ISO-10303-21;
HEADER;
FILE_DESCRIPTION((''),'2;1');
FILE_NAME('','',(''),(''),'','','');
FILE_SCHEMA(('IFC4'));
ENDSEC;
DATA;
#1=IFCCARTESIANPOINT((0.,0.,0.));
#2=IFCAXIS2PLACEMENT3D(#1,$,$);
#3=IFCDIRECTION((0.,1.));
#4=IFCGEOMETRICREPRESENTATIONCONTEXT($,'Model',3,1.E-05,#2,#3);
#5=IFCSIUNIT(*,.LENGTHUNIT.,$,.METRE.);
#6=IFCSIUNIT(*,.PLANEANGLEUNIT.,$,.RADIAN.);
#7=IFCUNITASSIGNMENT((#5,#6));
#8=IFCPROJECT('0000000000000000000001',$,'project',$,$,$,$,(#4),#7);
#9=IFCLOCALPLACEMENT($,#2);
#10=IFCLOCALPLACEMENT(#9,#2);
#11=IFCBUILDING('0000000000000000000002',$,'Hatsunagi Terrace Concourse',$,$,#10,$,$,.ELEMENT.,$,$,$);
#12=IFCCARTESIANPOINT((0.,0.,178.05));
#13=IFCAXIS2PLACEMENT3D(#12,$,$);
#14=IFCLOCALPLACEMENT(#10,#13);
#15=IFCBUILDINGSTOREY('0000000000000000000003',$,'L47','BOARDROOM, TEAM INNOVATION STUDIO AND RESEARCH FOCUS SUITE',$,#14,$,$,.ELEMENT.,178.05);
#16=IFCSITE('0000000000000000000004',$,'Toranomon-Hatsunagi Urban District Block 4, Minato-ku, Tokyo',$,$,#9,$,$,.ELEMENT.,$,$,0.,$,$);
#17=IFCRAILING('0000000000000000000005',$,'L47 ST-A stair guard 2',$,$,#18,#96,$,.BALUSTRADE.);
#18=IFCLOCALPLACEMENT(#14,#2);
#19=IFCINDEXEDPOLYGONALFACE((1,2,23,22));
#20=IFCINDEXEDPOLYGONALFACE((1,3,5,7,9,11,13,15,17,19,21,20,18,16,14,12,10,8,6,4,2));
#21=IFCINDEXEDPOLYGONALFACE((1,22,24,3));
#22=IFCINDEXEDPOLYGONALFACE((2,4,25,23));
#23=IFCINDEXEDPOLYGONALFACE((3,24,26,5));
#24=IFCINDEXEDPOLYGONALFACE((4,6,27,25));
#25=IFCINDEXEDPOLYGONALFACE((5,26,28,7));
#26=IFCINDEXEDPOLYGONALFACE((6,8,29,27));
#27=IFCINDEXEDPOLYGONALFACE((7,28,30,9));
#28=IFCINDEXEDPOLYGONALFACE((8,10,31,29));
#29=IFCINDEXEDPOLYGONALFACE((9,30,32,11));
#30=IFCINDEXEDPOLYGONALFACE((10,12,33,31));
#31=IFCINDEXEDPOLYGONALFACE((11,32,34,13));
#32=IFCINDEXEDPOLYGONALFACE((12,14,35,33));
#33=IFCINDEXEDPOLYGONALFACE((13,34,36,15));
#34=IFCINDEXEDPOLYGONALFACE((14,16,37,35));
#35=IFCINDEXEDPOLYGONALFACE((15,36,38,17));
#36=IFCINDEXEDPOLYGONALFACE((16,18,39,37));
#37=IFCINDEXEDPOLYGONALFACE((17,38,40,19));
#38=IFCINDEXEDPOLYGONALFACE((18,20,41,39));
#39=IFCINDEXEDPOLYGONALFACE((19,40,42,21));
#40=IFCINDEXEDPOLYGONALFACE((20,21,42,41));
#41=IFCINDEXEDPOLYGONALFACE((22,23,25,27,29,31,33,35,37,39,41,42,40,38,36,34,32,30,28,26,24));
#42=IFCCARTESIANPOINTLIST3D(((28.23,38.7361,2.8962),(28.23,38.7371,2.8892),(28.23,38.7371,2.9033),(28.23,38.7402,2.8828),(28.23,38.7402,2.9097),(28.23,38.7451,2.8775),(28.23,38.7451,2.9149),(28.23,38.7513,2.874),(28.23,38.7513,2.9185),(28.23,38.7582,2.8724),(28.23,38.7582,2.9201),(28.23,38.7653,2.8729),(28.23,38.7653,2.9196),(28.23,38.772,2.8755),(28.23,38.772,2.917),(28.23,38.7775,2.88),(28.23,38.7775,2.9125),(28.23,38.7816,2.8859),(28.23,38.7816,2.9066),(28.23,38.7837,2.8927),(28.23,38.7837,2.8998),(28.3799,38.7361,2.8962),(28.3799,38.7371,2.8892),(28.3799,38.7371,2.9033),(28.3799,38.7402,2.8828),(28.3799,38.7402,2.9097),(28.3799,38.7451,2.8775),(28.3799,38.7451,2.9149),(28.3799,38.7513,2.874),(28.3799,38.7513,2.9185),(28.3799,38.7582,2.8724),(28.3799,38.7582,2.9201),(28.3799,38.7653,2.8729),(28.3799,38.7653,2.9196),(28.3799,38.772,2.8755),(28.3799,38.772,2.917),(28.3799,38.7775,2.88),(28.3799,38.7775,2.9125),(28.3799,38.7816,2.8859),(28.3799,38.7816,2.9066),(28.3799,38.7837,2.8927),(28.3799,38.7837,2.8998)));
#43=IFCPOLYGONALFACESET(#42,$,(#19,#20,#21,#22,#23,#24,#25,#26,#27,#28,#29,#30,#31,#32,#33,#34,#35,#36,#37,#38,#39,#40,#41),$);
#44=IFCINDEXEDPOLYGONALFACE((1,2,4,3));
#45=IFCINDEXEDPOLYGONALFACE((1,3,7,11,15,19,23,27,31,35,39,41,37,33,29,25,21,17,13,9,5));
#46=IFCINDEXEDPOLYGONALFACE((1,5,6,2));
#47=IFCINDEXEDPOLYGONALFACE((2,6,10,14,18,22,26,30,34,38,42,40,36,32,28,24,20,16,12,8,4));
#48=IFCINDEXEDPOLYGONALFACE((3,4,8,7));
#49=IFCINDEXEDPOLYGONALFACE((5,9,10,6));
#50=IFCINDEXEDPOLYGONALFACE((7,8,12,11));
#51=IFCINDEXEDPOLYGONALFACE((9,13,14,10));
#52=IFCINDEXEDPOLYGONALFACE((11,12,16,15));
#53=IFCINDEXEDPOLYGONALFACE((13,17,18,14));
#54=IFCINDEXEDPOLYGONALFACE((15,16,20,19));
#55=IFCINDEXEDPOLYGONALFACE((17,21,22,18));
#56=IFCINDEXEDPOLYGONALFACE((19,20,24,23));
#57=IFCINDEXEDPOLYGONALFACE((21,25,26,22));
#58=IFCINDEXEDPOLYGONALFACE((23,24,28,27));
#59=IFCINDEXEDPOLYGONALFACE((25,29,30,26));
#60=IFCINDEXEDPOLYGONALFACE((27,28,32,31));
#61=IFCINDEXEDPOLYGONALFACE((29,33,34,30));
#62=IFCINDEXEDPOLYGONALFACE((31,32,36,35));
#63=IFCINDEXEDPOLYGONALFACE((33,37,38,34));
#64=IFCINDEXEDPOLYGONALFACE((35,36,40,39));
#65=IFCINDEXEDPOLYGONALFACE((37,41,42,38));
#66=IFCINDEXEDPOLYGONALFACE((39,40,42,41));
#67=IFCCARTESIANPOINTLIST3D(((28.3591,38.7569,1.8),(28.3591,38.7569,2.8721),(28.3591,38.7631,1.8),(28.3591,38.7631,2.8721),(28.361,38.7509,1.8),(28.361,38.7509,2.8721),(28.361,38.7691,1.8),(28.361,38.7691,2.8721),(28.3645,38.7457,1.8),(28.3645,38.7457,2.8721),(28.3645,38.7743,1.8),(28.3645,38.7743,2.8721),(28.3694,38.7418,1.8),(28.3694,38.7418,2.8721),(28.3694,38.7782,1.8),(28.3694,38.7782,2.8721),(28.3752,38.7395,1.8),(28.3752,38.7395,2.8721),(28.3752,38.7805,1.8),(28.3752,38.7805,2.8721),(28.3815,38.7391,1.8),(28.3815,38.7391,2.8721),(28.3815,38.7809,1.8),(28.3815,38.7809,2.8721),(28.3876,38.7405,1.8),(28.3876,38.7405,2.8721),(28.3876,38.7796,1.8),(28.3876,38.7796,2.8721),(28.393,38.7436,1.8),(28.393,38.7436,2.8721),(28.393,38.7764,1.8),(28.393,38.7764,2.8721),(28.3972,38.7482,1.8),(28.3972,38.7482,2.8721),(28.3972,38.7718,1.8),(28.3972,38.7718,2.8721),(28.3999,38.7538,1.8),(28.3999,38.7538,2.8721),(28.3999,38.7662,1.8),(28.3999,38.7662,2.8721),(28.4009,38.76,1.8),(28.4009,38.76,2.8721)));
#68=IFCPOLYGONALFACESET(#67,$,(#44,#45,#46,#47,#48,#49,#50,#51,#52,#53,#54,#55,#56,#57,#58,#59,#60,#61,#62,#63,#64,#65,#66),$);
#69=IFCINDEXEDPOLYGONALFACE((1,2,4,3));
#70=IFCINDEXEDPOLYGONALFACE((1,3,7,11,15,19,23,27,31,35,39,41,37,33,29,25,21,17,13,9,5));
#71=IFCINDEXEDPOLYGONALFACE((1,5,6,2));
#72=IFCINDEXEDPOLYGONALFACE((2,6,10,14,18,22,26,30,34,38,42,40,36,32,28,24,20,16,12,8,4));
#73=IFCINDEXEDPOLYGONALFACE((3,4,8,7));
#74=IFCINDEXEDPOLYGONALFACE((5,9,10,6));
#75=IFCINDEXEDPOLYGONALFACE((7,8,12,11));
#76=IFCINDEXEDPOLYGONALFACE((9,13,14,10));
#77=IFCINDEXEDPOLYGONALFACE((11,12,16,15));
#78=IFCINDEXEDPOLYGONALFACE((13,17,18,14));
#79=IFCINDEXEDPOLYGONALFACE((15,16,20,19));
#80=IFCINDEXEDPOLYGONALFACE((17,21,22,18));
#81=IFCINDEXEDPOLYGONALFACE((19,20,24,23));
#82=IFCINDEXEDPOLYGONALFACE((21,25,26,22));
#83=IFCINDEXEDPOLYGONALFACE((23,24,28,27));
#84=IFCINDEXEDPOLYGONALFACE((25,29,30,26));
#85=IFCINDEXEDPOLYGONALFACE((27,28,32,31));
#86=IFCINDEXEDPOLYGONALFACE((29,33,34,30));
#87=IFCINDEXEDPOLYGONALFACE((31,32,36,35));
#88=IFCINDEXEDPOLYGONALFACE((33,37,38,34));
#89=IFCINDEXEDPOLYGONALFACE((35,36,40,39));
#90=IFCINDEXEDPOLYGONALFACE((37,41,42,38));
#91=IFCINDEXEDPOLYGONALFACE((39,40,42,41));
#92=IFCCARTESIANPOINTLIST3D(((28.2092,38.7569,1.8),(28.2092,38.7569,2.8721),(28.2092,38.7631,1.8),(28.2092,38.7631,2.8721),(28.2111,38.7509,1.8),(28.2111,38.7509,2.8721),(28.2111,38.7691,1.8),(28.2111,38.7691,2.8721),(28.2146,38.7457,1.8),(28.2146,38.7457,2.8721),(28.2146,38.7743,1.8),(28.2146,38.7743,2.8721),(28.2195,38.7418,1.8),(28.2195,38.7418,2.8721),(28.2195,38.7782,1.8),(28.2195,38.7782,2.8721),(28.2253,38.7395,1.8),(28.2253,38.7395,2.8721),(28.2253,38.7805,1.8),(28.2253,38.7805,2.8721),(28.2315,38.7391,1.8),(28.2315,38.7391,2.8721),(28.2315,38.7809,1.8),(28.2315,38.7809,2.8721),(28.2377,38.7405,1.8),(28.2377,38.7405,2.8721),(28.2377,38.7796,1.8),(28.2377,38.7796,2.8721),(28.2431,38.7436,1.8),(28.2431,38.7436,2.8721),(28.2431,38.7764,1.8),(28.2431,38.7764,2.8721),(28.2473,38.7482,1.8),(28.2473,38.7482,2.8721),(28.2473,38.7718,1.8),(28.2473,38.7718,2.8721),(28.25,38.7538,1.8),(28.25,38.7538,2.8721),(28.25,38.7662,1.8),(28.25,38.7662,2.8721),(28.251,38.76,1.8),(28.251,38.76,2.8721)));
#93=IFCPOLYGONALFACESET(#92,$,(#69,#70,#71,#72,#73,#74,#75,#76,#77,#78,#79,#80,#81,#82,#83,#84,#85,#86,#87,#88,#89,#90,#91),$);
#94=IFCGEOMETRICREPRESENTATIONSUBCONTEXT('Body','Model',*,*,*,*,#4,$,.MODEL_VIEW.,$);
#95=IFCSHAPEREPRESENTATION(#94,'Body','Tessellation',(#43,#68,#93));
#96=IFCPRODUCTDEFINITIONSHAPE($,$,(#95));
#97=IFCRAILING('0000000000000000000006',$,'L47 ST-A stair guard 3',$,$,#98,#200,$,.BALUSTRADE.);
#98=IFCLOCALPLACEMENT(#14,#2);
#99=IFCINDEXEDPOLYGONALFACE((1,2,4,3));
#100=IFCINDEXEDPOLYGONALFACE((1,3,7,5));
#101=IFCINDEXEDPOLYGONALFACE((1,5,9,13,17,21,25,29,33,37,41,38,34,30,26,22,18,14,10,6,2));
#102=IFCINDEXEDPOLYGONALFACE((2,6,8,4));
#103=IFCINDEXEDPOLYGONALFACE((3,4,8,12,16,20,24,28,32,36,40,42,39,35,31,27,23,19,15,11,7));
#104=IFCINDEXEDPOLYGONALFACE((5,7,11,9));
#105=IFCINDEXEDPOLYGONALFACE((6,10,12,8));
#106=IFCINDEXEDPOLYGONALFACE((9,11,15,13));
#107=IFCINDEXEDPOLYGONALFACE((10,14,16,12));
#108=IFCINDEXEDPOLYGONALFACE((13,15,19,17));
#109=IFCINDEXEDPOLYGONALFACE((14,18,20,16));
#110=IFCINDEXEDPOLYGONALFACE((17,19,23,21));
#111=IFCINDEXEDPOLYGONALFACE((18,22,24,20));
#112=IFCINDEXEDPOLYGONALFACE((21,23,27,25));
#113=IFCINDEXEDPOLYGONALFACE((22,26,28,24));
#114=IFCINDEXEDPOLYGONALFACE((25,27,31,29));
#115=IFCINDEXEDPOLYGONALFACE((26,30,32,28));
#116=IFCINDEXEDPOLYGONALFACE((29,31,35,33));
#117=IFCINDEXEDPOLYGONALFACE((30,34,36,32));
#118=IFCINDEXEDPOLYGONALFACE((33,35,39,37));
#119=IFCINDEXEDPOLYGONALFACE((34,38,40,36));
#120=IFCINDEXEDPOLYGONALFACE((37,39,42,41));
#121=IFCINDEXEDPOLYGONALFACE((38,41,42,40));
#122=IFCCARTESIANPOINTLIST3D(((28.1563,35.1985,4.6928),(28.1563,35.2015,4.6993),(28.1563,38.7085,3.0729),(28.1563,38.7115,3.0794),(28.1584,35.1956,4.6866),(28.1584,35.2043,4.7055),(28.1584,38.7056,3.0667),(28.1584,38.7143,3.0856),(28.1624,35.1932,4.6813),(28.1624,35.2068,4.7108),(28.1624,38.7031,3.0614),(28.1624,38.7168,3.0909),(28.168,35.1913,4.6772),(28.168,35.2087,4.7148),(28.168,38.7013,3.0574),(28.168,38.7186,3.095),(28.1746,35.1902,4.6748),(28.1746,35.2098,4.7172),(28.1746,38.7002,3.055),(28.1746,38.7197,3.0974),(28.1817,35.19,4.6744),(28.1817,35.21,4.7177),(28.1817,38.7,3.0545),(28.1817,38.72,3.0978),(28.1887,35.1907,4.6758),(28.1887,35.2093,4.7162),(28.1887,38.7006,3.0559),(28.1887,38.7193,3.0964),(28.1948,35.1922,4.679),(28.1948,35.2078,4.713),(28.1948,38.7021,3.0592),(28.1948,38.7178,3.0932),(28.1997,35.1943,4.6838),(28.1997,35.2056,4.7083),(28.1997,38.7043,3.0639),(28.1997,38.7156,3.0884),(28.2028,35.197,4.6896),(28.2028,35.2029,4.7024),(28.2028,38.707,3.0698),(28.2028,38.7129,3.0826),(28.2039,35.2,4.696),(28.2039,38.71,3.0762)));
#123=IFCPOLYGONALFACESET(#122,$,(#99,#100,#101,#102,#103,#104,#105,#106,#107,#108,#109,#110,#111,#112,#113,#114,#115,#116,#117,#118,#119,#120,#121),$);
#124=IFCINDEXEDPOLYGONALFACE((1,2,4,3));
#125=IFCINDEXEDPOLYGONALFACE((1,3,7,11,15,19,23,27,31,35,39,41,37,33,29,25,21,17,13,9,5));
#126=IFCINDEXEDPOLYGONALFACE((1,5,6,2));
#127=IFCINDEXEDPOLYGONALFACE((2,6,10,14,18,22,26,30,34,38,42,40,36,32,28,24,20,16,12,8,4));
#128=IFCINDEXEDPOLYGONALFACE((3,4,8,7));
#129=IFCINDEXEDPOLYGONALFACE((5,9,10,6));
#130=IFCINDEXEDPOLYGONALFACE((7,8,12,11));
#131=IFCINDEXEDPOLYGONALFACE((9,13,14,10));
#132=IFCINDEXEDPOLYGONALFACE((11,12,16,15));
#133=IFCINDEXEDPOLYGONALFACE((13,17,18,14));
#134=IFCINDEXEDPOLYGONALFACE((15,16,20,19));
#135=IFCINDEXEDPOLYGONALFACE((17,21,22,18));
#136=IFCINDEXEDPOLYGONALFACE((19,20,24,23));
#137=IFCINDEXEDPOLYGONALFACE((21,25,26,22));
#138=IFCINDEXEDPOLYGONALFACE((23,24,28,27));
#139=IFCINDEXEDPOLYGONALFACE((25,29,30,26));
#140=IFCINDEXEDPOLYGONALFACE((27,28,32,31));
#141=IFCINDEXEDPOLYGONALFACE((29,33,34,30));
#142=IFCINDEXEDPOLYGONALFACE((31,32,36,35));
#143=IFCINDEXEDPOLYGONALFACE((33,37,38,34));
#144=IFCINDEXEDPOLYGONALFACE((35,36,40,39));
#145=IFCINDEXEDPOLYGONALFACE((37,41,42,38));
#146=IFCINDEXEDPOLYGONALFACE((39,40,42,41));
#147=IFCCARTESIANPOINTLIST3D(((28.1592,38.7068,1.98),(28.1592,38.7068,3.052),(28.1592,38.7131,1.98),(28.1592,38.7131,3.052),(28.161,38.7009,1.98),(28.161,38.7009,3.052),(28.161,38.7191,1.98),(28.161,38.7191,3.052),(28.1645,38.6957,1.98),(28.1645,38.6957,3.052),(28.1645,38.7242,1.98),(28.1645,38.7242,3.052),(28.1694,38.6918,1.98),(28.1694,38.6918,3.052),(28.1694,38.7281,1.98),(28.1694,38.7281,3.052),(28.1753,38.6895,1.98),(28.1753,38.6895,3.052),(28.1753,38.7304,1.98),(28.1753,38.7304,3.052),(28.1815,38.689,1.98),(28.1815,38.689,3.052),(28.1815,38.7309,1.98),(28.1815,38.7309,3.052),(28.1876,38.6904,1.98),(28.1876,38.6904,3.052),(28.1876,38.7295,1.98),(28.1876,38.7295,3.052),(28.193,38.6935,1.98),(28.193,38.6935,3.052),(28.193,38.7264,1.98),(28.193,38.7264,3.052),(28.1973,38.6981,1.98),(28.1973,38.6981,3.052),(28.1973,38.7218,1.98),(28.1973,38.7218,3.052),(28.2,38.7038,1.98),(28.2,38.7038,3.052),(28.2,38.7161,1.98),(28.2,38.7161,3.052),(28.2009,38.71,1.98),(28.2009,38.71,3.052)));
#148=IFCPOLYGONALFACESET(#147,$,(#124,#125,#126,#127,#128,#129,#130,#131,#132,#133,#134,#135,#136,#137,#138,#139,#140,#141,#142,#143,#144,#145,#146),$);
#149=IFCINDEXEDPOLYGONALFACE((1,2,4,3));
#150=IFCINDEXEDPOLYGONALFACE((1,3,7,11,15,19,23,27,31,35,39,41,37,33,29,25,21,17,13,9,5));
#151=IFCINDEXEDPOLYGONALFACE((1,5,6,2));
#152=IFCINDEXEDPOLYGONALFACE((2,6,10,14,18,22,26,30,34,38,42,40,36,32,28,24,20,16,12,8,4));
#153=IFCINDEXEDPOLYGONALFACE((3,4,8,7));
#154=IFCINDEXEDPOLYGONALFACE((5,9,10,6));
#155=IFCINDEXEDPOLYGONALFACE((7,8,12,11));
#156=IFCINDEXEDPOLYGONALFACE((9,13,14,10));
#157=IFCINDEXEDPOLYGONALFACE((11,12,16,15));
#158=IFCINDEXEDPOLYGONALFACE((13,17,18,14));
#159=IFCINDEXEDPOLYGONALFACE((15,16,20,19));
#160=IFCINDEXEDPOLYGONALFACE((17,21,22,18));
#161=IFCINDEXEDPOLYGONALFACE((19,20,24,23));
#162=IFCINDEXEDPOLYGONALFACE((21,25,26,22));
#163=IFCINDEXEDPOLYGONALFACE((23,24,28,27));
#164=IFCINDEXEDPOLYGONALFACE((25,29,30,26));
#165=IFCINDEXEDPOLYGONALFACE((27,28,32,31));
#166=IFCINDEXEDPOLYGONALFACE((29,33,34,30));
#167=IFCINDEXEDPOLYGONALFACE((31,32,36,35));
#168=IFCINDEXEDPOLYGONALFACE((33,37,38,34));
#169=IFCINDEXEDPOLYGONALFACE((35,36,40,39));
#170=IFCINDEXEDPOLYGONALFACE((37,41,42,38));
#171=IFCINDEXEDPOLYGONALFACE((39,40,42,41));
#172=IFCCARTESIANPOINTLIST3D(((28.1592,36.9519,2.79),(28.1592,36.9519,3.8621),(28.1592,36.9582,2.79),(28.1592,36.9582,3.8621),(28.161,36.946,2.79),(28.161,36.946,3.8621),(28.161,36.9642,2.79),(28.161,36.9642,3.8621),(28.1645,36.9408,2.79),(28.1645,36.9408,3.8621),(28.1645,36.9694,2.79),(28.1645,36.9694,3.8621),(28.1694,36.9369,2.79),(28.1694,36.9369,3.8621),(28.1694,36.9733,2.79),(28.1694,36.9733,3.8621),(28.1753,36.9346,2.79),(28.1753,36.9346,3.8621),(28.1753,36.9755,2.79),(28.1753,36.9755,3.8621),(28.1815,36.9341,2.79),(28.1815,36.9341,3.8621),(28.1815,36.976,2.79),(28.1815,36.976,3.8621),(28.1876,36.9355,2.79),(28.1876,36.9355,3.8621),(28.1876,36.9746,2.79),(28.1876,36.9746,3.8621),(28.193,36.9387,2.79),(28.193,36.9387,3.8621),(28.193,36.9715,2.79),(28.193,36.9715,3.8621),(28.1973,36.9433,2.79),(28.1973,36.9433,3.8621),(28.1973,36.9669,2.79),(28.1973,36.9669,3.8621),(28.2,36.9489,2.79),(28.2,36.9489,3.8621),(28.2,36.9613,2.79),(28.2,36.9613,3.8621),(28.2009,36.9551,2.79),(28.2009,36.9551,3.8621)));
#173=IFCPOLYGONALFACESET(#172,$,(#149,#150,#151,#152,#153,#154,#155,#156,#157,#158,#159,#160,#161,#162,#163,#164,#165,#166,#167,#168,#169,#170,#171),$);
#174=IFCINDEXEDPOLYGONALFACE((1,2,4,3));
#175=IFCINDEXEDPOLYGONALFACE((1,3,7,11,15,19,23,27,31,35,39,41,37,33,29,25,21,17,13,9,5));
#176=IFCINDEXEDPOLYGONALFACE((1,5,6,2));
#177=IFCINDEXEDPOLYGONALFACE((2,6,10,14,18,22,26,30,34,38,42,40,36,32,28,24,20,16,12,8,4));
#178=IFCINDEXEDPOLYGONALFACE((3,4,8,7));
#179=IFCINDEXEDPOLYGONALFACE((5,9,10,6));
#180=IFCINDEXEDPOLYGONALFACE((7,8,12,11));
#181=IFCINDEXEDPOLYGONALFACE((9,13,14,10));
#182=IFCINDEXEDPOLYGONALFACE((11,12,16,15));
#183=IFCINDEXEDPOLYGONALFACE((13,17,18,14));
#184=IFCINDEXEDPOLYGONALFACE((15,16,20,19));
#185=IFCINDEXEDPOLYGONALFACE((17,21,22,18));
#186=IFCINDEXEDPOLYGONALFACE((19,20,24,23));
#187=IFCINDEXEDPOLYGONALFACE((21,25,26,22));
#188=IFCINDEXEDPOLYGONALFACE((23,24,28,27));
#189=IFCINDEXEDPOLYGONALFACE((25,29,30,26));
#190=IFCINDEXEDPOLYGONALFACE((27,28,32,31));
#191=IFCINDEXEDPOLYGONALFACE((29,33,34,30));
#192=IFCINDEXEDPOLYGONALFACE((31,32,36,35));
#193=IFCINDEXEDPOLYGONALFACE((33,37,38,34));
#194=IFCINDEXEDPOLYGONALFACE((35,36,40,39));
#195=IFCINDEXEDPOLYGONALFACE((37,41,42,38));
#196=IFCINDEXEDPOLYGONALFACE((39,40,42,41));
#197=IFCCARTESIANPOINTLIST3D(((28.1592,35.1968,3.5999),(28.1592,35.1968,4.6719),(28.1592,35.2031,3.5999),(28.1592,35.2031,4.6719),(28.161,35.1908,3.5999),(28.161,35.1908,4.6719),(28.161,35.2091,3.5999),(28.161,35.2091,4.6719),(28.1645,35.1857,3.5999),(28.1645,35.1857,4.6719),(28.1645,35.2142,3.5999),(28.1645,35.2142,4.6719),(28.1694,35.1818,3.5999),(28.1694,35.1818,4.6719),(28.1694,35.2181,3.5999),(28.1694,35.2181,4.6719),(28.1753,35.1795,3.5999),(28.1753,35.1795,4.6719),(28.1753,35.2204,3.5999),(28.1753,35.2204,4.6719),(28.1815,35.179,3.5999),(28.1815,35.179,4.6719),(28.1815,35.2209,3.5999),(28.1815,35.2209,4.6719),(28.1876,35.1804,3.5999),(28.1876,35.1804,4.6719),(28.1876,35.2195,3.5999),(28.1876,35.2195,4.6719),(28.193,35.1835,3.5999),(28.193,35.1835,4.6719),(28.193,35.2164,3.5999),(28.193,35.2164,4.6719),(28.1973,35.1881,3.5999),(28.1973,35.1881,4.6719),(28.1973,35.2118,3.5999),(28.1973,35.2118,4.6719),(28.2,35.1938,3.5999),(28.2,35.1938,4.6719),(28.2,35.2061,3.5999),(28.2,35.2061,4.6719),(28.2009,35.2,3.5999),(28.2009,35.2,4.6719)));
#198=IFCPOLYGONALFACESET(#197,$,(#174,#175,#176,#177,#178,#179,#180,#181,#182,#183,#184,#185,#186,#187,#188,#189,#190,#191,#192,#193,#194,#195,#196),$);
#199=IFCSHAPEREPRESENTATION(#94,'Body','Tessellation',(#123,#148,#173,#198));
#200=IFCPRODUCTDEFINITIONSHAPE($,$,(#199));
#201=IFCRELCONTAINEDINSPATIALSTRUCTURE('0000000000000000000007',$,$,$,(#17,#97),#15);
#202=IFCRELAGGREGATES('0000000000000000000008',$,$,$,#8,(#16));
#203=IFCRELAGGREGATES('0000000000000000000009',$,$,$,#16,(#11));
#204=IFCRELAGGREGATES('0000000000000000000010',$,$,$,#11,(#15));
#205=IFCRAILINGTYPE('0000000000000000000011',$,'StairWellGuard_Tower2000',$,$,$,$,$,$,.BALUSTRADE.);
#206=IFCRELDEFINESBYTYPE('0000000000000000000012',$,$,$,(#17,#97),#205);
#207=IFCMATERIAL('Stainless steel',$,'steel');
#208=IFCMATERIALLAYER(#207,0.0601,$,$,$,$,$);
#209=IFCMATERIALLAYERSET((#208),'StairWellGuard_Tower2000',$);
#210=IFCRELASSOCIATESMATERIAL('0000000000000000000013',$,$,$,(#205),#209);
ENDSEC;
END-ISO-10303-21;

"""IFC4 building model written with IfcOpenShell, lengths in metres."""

from ifc_helpers import new_model, si_unit, direction, frame, origin, origin_2d, place, context, subcontext, project, spatial, circle, extrude, material, layer, layer_set, type_object, element, save


model = new_model("IFC4")

# Units and contexts
model_context = context("Model", 3, precision=1e-05, world=origin(), true_north=direction((0.0, 1.0)))
body_context = subcontext(model_context, "Body", "Model", "MODEL_VIEW")
ifc_project = project(units=[si_unit("LENGTHUNIT", "METRE"), si_unit("PLANEANGLEUNIT", "RADIAN")], contexts=[model_context])

# Site, building, storey
site_placement = place(None, origin())
site = spatial("IfcSite", under=ifc_project, at=site_placement, Name="Toranomon-Hatsunagi Urban District Block 4, Minato-ku, Tokyo", CompositionType="ELEMENT", RefElevation=0.0)
building_placement = place(site_placement, origin())
building = spatial("IfcBuilding", under=site, at=building_placement, Name="Hatsunagi Terrace Concourse", CompositionType="ELEMENT")
storey_placement = place(building_placement, frame((0.0, 0.0, 178.05)))
storey = spatial("IfcBuildingStorey", under=building, at=storey_placement, Name="L47", Description="BOARDROOM, TEAM INNOVATION STUDIO AND RESEARCH FOCUS SUITE", CompositionType="ELEMENT", Elevation=178.05)

# Railings
ifc_material_1 = material(Name="Stainless steel", Category="steel")
ifc_layer_1 = layer(ifc_material_1, 0.0601)
ifc_layer_set_1 = layer_set([ifc_layer_1], Name="StairWellGuard_Tower2000")
railing_type = type_object("IfcRailingType", Name="StairWellGuard_Tower2000", PredefinedType="BALUSTRADE", material=ifc_layer_set_1)
railing_1_placement = place(storey_placement, frame((28.3799, 38.76, 1.8)))
element("IfcRailing", 1, at=railing_1_placement, inside=storey, type_object=railing_type, Name="L47 ST-A stair guard 2", PredefinedType="BALUSTRADE", context=body_context, shape_type="SweptSolid", body=[
    extrude(circle(Radius=0.0239, at=origin_2d()), frame((0.0, 0.0, 1.0962), z_axis=(-1.0, 0.0, 0.0), x_axis=(0.0, -1.0, 0.0)), (0.0, 0.0, 1.0), 0.1499),
    extrude(circle(Radius=0.021, at=origin_2d()), origin(), (0.0, 0.0, 1.0), 1.072),
    extrude(circle(Radius=0.021, at=origin_2d()), frame((-0.1499, 0.0, 0.0)), (0.0, 0.0, 1.0), 1.072),
])
railing_2_placement = place(storey_placement, frame((28.1799, 38.71, 1.98)))
element("IfcRailing", 2, at=railing_2_placement, inside=storey, type_object=railing_type, Name="L47 ST-A stair guard 3", PredefinedType="BALUSTRADE", context=body_context, shape_type="SweptSolid", body=[
    extrude(circle(Radius=0.0239, at=origin_2d()), frame((0.0, 0.0, 1.0962), z_axis=(0.0, -0.907972, 0.41903), x_axis=(1.0, 0.0, 0.0)), (0.0, 0.0, 1.0), 3.8657),
    extrude(circle(Radius=0.021, at=origin_2d()), origin(), (0.0, 0.0, 1.0), 1.072),
    extrude(circle(Radius=0.021, at=origin_2d()), frame((0.0, -1.7549, 0.8101)), (0.0, 0.0, 1.0), 1.072),
    extrude(circle(Radius=0.021, at=origin_2d()), frame((0.0, -3.51, 1.6199)), (0.0, 0.0, 1.0), 1.072),
])

save(model, "model.ifc")
